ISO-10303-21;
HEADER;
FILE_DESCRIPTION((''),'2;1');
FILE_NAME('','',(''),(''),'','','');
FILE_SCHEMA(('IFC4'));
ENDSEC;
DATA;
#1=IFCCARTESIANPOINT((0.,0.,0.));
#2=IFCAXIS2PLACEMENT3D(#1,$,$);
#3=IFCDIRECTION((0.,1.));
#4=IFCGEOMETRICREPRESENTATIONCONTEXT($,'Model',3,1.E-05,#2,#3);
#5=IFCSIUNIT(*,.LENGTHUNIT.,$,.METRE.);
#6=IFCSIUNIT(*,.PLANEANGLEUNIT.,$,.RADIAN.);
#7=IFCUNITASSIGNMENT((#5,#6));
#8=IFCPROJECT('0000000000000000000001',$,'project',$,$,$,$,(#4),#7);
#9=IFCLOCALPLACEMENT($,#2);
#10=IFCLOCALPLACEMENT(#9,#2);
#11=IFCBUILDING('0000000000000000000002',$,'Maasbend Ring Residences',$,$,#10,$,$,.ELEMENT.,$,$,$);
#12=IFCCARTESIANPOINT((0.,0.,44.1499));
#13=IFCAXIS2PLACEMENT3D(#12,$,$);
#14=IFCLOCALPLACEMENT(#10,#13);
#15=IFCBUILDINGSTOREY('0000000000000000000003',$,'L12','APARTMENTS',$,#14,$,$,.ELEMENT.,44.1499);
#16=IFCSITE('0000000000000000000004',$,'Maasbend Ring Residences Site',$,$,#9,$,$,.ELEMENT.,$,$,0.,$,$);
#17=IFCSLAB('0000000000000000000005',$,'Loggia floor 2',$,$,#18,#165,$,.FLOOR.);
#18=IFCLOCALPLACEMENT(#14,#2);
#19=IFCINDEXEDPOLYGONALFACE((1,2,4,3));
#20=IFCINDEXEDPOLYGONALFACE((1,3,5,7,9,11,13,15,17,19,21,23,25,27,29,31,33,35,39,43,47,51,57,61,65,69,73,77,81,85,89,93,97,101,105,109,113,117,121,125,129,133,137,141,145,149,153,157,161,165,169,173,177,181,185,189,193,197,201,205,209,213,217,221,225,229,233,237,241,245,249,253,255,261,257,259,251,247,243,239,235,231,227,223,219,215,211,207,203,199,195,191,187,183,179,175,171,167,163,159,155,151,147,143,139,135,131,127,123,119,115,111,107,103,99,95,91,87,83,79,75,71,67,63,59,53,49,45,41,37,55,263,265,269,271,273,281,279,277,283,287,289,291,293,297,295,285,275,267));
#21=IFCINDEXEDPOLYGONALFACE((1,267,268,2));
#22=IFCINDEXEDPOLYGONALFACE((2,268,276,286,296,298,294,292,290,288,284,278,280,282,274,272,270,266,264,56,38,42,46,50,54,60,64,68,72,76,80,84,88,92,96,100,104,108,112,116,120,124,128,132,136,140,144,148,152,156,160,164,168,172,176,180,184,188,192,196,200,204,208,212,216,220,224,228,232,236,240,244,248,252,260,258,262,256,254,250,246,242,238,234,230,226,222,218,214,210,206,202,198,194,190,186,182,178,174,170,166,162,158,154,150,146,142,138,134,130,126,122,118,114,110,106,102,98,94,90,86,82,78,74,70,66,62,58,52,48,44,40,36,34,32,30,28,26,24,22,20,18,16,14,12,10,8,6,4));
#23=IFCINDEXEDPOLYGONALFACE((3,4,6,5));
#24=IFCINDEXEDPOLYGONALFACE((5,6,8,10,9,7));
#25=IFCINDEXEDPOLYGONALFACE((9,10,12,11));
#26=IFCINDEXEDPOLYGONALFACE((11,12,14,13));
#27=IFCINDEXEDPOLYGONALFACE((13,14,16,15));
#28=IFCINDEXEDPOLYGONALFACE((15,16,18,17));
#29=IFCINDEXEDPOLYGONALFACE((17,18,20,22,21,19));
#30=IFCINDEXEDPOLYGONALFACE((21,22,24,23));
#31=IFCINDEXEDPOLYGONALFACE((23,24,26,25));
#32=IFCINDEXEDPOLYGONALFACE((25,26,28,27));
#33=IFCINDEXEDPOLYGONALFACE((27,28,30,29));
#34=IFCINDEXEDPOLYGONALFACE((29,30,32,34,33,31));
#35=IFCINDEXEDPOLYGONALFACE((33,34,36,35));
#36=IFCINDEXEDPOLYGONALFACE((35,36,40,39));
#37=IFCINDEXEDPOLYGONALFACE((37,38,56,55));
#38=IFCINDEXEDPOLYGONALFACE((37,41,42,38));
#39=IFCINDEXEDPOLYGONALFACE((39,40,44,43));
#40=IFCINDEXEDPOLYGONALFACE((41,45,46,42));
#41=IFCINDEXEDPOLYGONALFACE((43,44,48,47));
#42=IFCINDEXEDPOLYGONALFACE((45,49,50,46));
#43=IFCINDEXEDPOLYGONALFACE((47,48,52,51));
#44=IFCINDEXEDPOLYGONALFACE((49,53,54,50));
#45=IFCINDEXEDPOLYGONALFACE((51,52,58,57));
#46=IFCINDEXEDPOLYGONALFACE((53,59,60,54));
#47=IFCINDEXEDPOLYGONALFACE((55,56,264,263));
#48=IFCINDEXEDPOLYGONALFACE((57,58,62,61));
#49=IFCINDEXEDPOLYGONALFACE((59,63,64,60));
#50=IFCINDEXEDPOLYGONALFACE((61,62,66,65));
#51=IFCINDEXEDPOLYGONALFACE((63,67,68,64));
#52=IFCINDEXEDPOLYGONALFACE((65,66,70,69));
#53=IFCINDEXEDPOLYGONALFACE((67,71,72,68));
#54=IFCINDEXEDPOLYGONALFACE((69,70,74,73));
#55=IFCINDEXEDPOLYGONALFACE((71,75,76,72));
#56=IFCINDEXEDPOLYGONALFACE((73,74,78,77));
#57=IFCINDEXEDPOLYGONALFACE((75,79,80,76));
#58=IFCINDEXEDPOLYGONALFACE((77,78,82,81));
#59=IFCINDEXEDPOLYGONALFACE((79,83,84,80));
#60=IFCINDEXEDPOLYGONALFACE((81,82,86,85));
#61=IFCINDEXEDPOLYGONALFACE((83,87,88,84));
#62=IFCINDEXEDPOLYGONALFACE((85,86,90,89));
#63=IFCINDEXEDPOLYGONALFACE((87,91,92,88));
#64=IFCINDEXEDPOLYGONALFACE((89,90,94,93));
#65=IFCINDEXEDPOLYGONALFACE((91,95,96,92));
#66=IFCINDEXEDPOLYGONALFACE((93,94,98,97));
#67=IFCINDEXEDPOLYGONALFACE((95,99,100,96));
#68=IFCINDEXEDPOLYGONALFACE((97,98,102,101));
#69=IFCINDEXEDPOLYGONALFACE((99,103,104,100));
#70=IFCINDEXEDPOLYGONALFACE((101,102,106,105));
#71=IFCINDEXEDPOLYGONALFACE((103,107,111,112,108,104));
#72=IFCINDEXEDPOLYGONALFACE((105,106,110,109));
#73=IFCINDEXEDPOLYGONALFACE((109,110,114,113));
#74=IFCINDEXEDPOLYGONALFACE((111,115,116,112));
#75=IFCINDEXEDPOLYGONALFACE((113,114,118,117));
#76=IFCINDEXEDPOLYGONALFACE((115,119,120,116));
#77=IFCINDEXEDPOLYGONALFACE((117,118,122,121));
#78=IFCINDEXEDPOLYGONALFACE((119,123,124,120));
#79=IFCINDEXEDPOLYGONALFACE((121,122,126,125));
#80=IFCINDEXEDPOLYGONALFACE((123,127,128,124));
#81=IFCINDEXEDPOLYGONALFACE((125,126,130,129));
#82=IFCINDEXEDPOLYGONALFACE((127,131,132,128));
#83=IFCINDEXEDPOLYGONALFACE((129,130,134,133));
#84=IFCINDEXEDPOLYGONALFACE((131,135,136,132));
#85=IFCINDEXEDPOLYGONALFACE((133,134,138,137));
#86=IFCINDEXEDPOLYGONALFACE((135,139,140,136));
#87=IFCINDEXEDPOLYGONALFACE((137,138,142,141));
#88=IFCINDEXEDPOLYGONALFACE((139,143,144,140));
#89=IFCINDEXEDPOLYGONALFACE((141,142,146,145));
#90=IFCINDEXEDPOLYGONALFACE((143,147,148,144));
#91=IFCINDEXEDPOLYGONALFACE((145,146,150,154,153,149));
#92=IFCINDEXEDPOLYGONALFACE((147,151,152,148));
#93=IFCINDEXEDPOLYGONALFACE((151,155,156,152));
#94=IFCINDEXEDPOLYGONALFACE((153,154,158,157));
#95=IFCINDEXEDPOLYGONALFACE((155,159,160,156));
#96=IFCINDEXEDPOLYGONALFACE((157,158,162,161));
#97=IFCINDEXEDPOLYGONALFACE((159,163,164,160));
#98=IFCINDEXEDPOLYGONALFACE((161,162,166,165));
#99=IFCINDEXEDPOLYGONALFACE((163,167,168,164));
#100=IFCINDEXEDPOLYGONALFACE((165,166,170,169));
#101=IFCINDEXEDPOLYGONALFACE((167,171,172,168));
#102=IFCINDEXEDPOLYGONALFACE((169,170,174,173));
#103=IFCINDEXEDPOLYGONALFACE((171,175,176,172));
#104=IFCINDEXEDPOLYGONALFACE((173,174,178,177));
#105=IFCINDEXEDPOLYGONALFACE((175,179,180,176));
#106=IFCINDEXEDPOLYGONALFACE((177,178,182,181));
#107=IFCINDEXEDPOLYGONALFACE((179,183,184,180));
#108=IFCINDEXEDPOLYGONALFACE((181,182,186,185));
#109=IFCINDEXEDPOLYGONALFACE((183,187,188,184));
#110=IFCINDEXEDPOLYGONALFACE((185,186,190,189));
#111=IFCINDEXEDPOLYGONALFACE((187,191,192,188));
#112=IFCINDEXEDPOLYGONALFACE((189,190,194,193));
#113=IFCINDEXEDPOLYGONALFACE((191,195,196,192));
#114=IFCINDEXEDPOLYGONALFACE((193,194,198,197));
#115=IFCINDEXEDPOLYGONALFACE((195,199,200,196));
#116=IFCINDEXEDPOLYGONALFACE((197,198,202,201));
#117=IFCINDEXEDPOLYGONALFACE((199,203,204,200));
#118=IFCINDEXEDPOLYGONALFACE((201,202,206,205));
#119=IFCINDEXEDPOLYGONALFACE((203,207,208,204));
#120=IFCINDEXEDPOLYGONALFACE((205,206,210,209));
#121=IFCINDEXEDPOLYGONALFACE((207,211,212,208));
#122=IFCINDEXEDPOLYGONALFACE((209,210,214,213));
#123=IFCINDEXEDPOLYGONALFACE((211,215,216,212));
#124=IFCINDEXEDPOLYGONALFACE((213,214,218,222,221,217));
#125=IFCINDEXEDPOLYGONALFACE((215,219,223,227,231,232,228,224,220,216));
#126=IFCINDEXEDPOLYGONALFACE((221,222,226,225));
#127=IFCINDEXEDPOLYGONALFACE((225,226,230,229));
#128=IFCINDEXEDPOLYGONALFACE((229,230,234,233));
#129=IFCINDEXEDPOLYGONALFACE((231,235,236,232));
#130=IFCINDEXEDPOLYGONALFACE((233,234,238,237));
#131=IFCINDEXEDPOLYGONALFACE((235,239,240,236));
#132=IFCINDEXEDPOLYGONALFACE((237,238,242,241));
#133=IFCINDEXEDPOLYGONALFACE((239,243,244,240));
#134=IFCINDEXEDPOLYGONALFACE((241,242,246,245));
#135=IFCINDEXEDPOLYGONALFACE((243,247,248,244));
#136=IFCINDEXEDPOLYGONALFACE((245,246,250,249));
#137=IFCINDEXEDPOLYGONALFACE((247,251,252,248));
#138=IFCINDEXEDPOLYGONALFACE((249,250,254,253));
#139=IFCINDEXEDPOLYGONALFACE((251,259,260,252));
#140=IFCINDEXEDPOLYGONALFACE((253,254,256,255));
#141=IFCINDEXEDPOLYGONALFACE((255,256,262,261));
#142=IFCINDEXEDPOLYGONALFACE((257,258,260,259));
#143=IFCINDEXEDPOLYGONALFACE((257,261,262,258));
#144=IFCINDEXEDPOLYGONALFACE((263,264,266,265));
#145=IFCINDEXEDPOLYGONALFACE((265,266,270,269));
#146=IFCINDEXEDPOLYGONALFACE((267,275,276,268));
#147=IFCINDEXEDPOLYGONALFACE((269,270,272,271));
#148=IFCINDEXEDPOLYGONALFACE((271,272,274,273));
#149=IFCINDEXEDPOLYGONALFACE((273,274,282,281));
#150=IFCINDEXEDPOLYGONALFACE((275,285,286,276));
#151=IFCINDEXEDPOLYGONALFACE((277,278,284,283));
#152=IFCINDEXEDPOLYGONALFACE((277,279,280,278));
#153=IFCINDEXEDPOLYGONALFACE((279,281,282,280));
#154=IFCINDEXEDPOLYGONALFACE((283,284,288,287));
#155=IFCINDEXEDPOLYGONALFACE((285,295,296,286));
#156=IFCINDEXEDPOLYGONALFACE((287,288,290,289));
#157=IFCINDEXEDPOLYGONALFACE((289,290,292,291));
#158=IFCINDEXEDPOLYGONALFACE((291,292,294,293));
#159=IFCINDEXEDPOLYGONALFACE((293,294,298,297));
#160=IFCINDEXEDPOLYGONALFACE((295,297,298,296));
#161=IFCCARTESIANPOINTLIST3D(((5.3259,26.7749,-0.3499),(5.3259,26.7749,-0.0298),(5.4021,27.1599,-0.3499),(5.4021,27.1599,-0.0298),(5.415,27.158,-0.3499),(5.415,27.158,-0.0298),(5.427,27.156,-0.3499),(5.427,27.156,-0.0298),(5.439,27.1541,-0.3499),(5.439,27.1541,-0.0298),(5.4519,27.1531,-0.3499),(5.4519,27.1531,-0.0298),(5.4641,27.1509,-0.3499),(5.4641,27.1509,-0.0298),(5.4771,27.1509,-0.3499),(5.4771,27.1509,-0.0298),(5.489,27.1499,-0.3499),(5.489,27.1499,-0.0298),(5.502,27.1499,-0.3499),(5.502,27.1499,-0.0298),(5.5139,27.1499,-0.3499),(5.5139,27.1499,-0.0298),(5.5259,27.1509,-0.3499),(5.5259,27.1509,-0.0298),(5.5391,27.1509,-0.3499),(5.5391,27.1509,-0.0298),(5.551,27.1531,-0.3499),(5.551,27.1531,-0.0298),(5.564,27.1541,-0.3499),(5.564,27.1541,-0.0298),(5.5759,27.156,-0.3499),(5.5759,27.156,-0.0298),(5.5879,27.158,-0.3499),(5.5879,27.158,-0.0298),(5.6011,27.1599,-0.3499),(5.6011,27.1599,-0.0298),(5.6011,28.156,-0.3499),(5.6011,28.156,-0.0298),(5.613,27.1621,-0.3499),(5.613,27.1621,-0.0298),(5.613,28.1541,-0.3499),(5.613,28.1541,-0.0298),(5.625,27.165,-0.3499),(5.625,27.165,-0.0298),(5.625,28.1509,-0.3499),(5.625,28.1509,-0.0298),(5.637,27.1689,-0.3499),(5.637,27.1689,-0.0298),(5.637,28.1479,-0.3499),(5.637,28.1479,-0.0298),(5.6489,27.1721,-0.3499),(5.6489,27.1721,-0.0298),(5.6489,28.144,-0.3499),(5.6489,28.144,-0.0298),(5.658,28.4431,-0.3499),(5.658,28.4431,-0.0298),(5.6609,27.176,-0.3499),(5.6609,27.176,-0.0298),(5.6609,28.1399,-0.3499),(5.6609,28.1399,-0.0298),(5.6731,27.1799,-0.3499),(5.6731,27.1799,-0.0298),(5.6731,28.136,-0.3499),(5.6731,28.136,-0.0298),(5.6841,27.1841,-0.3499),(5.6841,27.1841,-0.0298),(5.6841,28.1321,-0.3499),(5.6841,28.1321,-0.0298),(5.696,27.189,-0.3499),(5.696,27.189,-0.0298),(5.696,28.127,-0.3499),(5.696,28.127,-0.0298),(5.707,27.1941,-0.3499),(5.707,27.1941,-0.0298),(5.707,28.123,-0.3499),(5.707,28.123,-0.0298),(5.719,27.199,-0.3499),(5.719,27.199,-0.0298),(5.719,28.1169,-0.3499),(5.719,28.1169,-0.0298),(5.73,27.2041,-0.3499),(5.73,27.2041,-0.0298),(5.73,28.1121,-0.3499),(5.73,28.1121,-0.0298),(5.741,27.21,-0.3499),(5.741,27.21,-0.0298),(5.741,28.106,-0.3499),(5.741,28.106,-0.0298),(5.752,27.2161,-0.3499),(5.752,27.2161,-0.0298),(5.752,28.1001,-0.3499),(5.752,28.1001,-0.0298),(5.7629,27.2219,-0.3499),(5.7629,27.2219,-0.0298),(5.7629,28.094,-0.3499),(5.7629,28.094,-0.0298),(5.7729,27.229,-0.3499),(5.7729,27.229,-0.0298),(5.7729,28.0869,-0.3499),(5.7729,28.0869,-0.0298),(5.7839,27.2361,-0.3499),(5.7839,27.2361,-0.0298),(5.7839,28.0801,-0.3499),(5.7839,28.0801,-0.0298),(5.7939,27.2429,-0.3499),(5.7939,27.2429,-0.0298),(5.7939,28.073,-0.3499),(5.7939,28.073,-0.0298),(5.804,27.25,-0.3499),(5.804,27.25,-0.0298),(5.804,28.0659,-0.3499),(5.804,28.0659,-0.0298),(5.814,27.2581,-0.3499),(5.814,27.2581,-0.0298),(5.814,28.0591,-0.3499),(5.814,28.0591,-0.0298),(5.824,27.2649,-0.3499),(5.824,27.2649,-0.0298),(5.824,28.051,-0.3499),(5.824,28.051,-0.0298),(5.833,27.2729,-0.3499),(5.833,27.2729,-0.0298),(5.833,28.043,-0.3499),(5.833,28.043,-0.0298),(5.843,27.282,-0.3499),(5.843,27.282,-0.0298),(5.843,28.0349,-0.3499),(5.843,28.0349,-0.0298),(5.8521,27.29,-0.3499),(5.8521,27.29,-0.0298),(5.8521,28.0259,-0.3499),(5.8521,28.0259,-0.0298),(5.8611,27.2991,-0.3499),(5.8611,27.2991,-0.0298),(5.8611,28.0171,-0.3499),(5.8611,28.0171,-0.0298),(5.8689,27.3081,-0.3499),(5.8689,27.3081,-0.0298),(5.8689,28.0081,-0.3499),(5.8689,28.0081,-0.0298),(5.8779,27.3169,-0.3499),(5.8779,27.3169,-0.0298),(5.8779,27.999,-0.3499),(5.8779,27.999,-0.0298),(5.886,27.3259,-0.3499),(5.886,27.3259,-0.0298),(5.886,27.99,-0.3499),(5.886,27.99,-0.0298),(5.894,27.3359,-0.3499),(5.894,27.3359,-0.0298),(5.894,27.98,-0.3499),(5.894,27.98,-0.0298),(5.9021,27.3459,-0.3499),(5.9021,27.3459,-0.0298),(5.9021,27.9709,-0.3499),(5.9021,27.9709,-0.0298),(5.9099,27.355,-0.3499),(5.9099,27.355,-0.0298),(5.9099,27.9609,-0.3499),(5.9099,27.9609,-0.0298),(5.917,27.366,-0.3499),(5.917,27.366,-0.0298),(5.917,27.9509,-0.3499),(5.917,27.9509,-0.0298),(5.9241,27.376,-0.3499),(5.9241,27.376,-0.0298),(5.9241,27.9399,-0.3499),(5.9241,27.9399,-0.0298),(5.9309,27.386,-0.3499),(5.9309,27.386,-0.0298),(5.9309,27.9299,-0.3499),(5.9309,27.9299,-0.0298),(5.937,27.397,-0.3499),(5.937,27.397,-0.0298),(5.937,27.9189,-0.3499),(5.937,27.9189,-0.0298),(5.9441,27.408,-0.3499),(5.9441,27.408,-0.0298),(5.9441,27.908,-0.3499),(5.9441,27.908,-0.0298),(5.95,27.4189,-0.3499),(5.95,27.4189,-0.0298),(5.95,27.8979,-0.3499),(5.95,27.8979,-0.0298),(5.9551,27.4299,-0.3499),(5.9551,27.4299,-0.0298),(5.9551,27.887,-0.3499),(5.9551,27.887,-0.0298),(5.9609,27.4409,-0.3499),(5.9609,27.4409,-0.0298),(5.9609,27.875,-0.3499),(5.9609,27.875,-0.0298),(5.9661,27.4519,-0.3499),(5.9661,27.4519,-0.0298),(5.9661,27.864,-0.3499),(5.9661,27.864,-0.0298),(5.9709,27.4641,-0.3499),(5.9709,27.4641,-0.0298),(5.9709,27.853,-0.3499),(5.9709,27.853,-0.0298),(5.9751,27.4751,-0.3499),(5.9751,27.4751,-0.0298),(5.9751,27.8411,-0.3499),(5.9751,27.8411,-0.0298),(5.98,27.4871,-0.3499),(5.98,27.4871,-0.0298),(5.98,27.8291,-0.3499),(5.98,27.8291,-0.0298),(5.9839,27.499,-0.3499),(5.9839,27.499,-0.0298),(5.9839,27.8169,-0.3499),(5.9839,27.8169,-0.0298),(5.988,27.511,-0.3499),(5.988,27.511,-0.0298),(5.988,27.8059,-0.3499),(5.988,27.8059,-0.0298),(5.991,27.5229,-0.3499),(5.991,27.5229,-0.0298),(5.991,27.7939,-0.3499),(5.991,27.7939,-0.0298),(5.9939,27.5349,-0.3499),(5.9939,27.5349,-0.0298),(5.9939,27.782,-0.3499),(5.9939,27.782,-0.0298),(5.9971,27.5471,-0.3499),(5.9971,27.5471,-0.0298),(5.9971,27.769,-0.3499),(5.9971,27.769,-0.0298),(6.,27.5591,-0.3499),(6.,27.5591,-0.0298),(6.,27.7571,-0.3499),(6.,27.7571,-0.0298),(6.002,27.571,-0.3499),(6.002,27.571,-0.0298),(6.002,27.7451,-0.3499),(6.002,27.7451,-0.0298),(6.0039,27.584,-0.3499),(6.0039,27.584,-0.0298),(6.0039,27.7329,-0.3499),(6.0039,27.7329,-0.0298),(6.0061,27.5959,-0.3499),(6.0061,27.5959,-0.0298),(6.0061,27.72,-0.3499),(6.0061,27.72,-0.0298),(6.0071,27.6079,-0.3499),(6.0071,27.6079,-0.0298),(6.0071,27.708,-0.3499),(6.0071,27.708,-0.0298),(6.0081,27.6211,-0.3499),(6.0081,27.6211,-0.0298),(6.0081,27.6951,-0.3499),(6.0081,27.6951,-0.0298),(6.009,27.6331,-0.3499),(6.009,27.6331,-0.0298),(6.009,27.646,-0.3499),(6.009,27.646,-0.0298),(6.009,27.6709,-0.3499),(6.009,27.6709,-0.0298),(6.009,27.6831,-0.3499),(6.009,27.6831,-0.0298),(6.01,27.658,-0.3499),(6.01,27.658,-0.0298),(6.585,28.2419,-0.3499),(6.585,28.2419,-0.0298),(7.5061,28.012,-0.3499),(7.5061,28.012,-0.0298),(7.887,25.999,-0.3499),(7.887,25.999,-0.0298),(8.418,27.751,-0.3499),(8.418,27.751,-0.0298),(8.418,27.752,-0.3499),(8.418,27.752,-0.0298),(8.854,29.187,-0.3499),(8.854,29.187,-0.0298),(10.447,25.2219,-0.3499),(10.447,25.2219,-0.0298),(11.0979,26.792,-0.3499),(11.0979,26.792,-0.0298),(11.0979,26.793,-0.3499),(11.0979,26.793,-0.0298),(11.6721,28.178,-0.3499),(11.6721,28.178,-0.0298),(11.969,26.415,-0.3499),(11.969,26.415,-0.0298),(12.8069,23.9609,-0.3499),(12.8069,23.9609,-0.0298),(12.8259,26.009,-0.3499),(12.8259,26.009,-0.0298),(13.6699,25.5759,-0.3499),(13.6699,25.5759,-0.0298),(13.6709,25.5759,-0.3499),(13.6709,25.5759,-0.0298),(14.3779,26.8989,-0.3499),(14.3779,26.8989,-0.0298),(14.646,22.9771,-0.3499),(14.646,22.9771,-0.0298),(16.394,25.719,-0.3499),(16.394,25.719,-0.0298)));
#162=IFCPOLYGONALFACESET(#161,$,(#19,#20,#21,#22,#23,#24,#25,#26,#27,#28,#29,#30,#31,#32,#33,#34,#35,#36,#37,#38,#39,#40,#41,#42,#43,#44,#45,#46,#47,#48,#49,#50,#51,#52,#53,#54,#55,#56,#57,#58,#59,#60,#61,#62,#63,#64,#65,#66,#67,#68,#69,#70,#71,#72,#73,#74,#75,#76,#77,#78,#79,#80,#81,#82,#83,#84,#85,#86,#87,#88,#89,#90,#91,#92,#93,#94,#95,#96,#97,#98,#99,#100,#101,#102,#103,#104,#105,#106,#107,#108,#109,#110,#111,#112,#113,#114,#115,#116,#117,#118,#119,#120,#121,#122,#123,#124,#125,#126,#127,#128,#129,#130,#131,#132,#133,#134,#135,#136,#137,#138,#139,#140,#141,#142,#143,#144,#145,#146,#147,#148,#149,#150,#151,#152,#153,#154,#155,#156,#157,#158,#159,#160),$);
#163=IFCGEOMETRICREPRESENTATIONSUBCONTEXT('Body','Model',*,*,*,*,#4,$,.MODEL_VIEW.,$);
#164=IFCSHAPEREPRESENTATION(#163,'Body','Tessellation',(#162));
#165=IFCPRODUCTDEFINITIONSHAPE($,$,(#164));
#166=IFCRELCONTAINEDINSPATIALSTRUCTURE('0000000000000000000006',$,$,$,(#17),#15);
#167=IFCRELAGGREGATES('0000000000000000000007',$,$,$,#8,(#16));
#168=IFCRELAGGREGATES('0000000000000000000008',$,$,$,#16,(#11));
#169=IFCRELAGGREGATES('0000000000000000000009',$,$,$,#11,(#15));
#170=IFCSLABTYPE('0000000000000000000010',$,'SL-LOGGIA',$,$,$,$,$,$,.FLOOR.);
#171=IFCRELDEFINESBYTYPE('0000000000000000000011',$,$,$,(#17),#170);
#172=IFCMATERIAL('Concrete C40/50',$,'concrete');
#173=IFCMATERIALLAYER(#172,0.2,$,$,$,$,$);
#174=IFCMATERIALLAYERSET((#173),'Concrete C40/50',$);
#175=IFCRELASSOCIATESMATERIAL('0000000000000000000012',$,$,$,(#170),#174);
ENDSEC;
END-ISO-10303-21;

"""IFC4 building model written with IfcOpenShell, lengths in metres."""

from ifc_helpers import new_model, si_unit, direction, frame, origin, place, context, subcontext, project, spatial, polyline, outline, extrude, material, layer, layer_set, type_object, element, save


model = new_model("IFC4")

# Units and contexts
model_context = context("Model", 3, precision=1e-05, world=origin(), true_north=direction((0.0, 1.0)))
body_context = subcontext(model_context, "Body", "Model", "MODEL_VIEW")
ifc_project = project(units=[si_unit("LENGTHUNIT", "METRE"), si_unit("PLANEANGLEUNIT", "RADIAN")], contexts=[model_context])

# Site, building, storey
site_placement = place(None, origin())
site = spatial("IfcSite", under=ifc_project, at=site_placement, Name="Maasbend Ring Residences Site", CompositionType="ELEMENT", RefElevation=0.0)
building_placement = place(site_placement, origin())
building = spatial("IfcBuilding", under=site, at=building_placement, Name="Maasbend Ring Residences", CompositionType="ELEMENT")
storey_placement = place(building_placement, frame((0.0, 0.0, 44.1499)))
storey = spatial("IfcBuildingStorey", under=building, at=storey_placement, Name="L12", Description="APARTMENTS", CompositionType="ELEMENT", Elevation=44.1499)

# Slab
ifc_material_1 = material(Name="Concrete C40/50", Category="concrete")
ifc_layer_1 = layer(ifc_material_1, 0.2)
ifc_layer_set_1 = layer_set([ifc_layer_1], Name="Concrete C40/50")
slab_type_1 = type_object("IfcSlabType", Name="SL-LOGGIA", PredefinedType="FLOOR", material=ifc_layer_set_1)
slab_1_placement = place(storey_placement, frame((0.0, 0.0, -0.3499)))
element("IfcSlab", 1, at=slab_1_placement, inside=storey, type_object=slab_type_1, Name="Loggia floor 2", PredefinedType="FLOOR", context=body_context, shape_type="SweptSolid", body=[
    extrude(outline(polyline([(5.439, 27.1541), (5.4519, 27.1531), (5.4641, 27.1509), (5.4771, 27.1509), (5.489, 27.1499), (5.502, 27.1499), (5.5139, 27.1499), (5.5259, 27.1509), (5.5391, 27.1509), (5.551, 27.1531), (5.564, 27.1541), (5.5759, 27.156), (5.5879, 27.158), (5.6011, 27.1599), (5.613, 27.1621), (5.625, 27.165), (5.637, 27.1689), (5.6489, 27.1721), (5.6609, 27.176), (5.6731, 27.1799), (5.6841, 27.1841), (5.696, 27.189), (5.707, 27.1941), (5.719, 27.199), (5.73, 27.2041), (5.741, 27.21), (5.752, 27.2161), (5.7629, 27.2219), (5.7729, 27.229), (5.7839, 27.2361), (5.7939, 27.2429), (5.804, 27.25), (5.814, 27.2581), (5.824, 27.2649), (5.833, 27.2729), (5.843, 27.282), (5.8521, 27.29), (5.8611, 27.2991), (5.8689, 27.3081), (5.8779, 27.3169), (5.886, 27.3259), (5.894, 27.3359), (5.9021, 27.3459), (5.9099, 27.355), (5.917, 27.366), (5.9241, 27.376), (5.9309, 27.386), (5.937, 27.397), (5.9441, 27.408), (5.95, 27.4189), (5.9551, 27.4299), (5.9609, 27.4409), (5.9661, 27.4519), (5.9709, 27.4641), (5.9751, 27.4751), (5.98, 27.4871), (5.9839, 27.499), (5.988, 27.511), (5.991, 27.5229), (5.9939, 27.5349), (5.9971, 27.5471), (6.0, 27.5591), (6.002, 27.571), (6.0039, 27.584), (6.0061, 27.5959), (6.0071, 27.6079), (6.0081, 27.6211), (6.009, 27.6331), (6.009, 27.646), (6.01, 27.658), (6.009, 27.6709), (6.009, 27.6831), (6.0081, 27.6951), (6.0071, 27.708), (6.0061, 27.72), (6.0039, 27.7329), (6.002, 27.7451), (6.0, 27.7571), (5.9971, 27.769), (5.9939, 27.782), (5.991, 27.7939), (5.988, 27.8059), (5.9839, 27.8169), (5.98, 27.8291), (5.9751, 27.8411), (5.9709, 27.853), (5.9661, 27.864), (5.9609, 27.875), (5.9551, 27.887), (5.95, 27.8979), (5.9441, 27.908), (5.937, 27.9189), (5.9309, 27.9299), (5.9241, 27.9399), (5.917, 27.9509), (5.9099, 27.9609), (5.9021, 27.9709), (5.894, 27.98), (5.886, 27.99), (5.8779, 27.999), (5.8689, 28.0081), (5.8611, 28.0171), (5.8521, 28.0259), (5.843, 28.0349), (5.833, 28.043), (5.824, 28.051), (5.814, 28.0591), (5.804, 28.0659), (5.7939, 28.073), (5.7839, 28.0801), (5.7729, 28.0869), (5.7629, 28.094), (5.752, 28.1001), (5.741, 28.106), (5.73, 28.1121), (5.719, 28.1169), (5.707, 28.123), (5.696, 28.127), (5.6841, 28.1321), (5.6731, 28.136), (5.6609, 28.1399), (5.6489, 28.144), (5.637, 28.1479), (5.625, 28.1509), (5.613, 28.1541), (5.6011, 28.156), (5.658, 28.4431), (5.658, 28.4431), (5.658, 28.4431), (6.585, 28.2419), (6.585, 28.2419), (7.5061, 28.012), (7.5061, 28.012), (8.418, 27.751), (8.418, 27.751), (8.418, 27.751), (8.418, 27.751), (8.418, 27.751), (8.418, 27.751), (8.418, 27.751), (8.418, 27.751), (8.418, 27.751), (8.418, 27.751), (8.418, 27.752), (8.418, 27.752), (8.418, 27.752), (8.418, 27.752), (8.418, 27.752), (8.418, 27.752), (8.418, 27.752), (8.854, 29.187), (8.854, 29.187), (8.854, 29.187), (11.6721, 28.178), (11.6721, 28.178), (11.6721, 28.178), (11.0979, 26.793), (11.0979, 26.793), (11.0979, 26.793), (11.0979, 26.793), (11.0979, 26.793), (11.0979, 26.793), (11.0979, 26.793), (11.0979, 26.793), (11.0979, 26.793), (11.0979, 26.793), (11.0979, 26.792), (11.0979, 26.792), (11.0979, 26.792), (11.0979, 26.792), (11.0979, 26.792), (11.0979, 26.792), (11.0979, 26.792), (11.969, 26.415), (11.969, 26.415), (12.8259, 26.009), (12.8259, 26.009), (13.6699, 25.5759), (13.6699, 25.5759), (13.6699, 25.5759), (13.6699, 25.5759), (13.6699, 25.5759), (13.6699, 25.5759), (13.6699, 25.5759), (13.6699, 25.5759), (13.6699, 25.5759), (13.6699, 25.5759), (13.6709, 25.5759), (13.6709, 25.5759), (13.6709, 25.5759), (13.6709, 25.5759), (13.6709, 25.5759), (13.6709, 25.5759), (13.6709, 25.5759), (14.3779, 26.8989), (14.3779, 26.8989), (14.3779, 26.8989), (16.394, 25.719), (16.394, 25.719), (16.394, 25.719), (14.646, 22.9771), (14.646, 22.9771), (14.646, 22.9771), (12.8069, 23.9609), (10.447, 25.2219), (10.447, 25.2219), (10.447, 25.2219), (7.887, 25.999), (5.3259, 26.7749), (5.3259, 26.7749), (5.3259, 26.7749), (5.4021, 27.1599), (5.415, 27.158), (5.427, 27.156), (5.439, 27.1541)])), origin(), (0.0, 0.0, 1.0), 0.3201),
])

save(model, "model.ifc")
